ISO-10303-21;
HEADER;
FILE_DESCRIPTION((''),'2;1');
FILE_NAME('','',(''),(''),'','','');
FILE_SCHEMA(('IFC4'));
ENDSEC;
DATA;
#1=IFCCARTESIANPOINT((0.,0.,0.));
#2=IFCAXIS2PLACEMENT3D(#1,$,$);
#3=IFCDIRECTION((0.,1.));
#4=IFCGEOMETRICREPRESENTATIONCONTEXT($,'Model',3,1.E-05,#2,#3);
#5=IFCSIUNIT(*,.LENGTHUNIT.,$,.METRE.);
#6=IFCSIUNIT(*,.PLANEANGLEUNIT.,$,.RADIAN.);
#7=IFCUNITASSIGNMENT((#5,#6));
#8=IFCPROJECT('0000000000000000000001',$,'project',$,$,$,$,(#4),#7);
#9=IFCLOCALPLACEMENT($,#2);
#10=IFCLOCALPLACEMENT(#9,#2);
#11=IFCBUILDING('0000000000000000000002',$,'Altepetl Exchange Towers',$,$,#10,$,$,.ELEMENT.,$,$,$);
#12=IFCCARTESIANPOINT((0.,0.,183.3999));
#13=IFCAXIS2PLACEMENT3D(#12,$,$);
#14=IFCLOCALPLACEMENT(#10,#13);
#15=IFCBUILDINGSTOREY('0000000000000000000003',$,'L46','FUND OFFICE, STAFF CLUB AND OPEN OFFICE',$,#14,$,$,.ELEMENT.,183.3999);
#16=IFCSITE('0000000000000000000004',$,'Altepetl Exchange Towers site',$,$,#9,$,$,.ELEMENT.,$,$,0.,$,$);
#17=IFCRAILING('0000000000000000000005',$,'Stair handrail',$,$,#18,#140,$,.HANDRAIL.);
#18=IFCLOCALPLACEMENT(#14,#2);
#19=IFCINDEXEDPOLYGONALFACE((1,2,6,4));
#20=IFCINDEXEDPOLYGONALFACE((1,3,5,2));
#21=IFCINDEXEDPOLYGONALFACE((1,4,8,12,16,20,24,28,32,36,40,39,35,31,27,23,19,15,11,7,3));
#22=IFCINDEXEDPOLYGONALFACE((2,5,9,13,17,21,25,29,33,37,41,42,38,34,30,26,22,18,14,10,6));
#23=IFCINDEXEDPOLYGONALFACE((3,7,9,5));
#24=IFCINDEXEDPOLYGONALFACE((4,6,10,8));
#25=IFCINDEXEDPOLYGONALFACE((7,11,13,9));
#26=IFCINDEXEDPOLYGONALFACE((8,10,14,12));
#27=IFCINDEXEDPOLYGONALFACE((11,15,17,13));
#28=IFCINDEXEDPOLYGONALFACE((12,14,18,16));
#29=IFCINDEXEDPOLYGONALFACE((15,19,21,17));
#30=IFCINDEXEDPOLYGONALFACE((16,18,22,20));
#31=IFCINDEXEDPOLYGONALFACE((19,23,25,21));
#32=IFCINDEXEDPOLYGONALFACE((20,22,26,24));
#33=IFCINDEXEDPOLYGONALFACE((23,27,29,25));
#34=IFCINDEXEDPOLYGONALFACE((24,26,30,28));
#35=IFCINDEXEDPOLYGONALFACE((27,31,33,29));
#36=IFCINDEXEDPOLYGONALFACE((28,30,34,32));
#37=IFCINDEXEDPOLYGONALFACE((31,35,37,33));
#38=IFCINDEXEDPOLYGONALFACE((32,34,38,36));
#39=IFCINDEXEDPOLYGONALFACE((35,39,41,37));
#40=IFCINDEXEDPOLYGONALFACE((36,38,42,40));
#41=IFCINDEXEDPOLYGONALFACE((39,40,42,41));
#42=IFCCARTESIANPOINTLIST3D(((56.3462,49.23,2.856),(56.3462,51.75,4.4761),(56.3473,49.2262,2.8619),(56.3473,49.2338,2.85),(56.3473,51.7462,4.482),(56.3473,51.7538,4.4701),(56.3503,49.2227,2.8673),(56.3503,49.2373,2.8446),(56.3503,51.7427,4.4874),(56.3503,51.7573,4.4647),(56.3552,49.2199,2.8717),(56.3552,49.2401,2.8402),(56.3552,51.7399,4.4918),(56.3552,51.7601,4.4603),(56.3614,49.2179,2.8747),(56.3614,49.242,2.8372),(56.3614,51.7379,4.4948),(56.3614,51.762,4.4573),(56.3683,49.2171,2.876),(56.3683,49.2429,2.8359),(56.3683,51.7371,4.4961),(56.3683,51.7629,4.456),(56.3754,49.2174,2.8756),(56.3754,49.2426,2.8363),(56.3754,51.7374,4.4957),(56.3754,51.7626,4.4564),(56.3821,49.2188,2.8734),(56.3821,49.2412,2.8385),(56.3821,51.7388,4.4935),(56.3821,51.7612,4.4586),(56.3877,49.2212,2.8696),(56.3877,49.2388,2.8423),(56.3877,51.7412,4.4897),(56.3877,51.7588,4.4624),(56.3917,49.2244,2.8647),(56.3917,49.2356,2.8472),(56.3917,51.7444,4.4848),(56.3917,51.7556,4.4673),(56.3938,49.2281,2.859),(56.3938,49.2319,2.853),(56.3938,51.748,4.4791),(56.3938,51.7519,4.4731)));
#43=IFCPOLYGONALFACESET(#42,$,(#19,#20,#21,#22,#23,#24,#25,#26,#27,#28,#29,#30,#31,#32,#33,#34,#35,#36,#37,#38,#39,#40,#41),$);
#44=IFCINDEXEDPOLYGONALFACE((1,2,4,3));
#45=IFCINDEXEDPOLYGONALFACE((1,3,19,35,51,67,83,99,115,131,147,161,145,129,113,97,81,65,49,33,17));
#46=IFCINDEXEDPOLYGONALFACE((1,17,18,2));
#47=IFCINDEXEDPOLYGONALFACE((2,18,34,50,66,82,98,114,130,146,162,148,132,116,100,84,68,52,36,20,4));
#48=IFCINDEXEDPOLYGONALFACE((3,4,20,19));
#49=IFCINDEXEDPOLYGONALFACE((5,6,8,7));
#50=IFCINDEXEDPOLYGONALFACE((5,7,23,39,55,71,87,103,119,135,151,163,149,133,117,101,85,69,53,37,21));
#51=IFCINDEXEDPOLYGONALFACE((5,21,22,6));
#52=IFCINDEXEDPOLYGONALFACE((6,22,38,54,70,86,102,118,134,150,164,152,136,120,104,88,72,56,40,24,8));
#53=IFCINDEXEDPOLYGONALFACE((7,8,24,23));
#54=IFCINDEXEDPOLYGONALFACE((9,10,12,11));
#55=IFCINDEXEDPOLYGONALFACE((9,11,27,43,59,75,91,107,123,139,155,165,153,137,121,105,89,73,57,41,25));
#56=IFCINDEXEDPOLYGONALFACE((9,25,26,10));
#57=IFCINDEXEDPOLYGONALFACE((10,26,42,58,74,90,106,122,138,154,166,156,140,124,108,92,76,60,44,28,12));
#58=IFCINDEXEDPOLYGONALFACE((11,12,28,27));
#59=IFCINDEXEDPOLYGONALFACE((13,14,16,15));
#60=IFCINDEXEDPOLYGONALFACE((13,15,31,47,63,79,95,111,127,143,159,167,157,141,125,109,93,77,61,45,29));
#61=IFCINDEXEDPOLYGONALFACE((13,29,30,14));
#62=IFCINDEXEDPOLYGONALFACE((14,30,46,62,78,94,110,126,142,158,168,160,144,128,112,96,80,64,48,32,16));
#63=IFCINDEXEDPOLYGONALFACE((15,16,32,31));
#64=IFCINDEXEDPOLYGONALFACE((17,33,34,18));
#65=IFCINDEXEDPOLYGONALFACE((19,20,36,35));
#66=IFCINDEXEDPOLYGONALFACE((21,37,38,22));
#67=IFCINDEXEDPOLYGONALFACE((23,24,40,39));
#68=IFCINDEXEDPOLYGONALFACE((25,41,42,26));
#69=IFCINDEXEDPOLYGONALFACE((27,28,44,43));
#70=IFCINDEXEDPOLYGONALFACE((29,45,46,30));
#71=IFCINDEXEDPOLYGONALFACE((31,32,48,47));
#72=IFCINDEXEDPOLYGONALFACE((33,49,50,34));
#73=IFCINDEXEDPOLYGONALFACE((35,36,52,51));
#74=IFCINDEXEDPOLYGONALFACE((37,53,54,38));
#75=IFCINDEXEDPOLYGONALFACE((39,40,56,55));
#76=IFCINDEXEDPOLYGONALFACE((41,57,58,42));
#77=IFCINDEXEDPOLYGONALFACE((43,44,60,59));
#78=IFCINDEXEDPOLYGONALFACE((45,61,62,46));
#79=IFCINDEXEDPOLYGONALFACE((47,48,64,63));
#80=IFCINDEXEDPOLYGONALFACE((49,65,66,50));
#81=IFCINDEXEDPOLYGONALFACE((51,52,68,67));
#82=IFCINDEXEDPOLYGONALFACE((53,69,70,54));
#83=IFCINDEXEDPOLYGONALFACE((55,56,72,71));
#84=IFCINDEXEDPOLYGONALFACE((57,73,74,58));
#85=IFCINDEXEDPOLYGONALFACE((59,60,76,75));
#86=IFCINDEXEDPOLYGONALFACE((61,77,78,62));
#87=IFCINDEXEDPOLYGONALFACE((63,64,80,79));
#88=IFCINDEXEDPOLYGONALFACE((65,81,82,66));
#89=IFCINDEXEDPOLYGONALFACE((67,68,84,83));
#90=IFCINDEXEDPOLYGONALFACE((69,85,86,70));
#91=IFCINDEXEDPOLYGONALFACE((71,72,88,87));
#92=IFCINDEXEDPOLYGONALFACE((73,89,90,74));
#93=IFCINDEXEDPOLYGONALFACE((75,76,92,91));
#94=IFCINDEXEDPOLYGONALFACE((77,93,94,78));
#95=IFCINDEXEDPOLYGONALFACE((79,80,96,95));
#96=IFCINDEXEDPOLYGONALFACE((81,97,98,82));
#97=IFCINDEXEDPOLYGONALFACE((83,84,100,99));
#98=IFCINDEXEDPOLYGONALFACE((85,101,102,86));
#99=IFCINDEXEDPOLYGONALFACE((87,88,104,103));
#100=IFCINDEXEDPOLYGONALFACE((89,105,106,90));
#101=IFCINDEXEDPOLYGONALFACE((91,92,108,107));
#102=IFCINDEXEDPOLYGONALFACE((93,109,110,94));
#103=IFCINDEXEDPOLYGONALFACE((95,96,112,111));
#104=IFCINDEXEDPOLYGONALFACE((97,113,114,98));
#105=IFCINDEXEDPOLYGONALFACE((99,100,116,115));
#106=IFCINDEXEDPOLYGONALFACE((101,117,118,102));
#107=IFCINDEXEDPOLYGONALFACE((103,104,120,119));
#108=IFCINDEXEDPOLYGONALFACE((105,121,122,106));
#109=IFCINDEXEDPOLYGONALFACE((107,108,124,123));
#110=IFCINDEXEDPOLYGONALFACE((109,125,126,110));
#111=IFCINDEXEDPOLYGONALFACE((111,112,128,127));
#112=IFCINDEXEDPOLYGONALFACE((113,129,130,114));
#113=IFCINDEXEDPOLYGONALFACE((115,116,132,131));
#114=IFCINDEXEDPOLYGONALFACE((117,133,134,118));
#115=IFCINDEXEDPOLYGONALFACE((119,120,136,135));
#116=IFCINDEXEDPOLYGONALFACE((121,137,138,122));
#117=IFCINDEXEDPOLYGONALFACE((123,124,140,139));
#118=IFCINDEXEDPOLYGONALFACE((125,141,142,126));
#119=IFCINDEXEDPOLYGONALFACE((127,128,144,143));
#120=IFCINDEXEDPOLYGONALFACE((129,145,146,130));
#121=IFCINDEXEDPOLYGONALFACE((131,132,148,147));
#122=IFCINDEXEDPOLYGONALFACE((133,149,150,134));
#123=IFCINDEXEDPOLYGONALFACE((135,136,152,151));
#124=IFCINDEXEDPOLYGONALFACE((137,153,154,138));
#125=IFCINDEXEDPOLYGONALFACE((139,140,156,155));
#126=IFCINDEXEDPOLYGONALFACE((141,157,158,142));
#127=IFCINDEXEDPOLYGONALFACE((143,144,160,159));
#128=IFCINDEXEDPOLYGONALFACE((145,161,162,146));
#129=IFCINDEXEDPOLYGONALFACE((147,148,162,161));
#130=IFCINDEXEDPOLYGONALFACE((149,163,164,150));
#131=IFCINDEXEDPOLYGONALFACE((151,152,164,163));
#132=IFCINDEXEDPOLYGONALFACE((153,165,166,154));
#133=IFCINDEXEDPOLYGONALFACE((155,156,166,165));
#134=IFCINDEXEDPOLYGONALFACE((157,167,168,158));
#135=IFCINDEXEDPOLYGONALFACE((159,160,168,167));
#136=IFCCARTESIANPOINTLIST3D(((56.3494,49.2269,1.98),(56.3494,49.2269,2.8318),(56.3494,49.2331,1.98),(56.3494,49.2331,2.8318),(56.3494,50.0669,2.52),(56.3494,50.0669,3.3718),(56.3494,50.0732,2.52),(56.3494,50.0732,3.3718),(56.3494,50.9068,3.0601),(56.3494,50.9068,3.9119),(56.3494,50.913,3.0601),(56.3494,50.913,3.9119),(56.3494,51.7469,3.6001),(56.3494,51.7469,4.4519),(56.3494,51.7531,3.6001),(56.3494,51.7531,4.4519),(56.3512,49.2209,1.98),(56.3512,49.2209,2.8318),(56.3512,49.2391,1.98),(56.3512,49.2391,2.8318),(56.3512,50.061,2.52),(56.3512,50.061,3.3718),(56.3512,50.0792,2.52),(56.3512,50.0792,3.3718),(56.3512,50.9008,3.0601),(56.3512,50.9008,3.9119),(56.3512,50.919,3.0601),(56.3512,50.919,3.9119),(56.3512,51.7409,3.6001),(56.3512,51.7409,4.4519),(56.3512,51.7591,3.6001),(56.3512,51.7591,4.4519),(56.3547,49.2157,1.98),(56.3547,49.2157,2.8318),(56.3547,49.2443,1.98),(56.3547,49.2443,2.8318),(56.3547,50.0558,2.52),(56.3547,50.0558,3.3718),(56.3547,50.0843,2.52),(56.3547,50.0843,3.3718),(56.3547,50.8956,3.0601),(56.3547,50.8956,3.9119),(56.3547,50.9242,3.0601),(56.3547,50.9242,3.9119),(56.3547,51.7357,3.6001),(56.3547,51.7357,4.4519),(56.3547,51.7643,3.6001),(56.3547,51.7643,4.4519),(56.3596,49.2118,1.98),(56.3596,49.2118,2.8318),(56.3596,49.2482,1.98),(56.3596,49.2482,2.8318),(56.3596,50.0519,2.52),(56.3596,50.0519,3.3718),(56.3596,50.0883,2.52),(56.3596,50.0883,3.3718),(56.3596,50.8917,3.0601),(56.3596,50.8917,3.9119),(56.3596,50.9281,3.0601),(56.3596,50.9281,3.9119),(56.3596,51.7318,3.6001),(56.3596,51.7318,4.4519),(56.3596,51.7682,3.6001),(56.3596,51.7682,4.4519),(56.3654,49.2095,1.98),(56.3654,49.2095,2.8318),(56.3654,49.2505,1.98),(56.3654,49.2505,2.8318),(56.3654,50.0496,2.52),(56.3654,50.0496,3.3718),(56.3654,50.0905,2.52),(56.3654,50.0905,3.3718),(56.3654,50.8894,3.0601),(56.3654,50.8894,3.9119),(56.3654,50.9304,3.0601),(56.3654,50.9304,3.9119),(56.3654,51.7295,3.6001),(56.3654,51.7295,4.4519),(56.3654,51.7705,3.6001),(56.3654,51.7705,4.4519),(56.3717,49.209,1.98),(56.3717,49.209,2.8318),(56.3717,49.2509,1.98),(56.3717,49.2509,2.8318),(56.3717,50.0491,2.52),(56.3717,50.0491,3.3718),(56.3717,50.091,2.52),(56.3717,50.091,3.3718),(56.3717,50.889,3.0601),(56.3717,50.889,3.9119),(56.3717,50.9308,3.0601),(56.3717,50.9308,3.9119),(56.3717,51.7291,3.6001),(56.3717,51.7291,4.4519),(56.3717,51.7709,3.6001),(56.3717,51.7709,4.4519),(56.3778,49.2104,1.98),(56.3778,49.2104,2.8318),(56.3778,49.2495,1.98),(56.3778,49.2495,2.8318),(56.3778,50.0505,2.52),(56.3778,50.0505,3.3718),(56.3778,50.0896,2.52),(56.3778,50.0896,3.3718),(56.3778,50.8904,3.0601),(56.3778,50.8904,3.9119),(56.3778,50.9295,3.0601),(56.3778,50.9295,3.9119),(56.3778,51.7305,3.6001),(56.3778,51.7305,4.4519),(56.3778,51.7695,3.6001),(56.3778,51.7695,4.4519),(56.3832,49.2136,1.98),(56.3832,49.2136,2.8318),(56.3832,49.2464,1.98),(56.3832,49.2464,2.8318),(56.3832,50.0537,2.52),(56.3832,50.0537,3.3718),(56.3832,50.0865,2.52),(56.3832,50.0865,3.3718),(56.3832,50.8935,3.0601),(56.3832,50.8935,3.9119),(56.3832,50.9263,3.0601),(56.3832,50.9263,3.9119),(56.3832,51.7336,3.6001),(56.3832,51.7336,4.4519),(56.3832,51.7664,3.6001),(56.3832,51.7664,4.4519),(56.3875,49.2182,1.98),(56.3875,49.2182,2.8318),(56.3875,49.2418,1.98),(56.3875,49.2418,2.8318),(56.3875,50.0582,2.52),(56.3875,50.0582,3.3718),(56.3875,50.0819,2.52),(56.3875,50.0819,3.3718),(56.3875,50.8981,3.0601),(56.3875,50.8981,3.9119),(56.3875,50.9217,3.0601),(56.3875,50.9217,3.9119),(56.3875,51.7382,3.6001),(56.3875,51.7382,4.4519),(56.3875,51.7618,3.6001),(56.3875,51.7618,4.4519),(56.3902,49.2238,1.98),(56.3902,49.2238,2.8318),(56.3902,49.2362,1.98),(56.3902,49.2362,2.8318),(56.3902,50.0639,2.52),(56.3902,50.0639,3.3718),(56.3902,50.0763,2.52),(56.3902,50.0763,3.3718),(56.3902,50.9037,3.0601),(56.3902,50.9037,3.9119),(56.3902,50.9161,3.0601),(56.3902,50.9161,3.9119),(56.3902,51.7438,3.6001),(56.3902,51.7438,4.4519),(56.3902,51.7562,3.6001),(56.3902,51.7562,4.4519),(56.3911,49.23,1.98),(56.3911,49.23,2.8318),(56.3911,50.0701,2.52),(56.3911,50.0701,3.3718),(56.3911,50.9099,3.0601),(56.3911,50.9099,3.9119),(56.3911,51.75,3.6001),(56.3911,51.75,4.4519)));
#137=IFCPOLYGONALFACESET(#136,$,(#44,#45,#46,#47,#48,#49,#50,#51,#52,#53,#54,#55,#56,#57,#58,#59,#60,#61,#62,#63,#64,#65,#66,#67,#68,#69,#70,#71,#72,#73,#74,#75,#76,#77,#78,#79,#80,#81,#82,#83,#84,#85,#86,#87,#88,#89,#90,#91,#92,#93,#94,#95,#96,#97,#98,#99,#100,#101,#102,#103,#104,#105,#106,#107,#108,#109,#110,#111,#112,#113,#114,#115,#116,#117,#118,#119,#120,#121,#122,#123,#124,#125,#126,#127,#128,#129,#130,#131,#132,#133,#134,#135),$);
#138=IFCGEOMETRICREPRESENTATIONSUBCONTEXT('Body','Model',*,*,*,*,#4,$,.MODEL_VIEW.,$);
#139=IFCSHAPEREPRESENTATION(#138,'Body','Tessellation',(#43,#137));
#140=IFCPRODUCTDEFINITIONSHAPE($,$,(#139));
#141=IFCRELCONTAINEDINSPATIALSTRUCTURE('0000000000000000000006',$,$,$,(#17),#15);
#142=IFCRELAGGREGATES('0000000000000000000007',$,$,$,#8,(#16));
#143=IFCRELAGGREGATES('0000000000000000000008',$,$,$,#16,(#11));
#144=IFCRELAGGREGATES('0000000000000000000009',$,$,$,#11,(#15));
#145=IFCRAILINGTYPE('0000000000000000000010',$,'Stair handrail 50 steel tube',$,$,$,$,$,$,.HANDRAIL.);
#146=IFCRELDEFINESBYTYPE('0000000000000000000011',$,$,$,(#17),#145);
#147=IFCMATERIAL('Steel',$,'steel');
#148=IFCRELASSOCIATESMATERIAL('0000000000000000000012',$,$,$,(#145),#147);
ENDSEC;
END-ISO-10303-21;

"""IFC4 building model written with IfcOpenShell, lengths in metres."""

from ifc_helpers import new_model, si_unit, direction, frame, origin, origin_2d, place, context, subcontext, project, spatial, circle, extrude, source, transform, mapped, material, type_object, element, save


model = new_model("IFC4")

# Units and contexts
model_context = context("Model", 3, precision=1e-05, world=origin(), true_north=direction((0.0, 1.0)))
body_context = subcontext(model_context, "Body", "Model", "MODEL_VIEW")
ifc_project = project(units=[si_unit("LENGTHUNIT", "METRE"), si_unit("PLANEANGLEUNIT", "RADIAN")], contexts=[model_context])

# Site, building, storey
site_placement = place(None, origin())
site = spatial("IfcSite", under=ifc_project, at=site_placement, Name="Altepetl Exchange Towers site", CompositionType="ELEMENT", RefElevation=0.0)
building_placement = place(site_placement, origin())
building = spatial("IfcBuilding", under=site, at=building_placement, Name="Altepetl Exchange Towers", CompositionType="ELEMENT")
storey_placement = place(building_placement, frame((0.0, 0.0, 183.3999)))
storey = spatial("IfcBuildingStorey", under=building, at=storey_placement, Name="L46", Description="FUND OFFICE, STAFF CLUB AND OPEN OFFICE", CompositionType="ELEMENT", Elevation=183.3999)

# Railing
ifc_material_1 = material(Name="Steel", Category="steel")
railing_type = type_object("IfcRailingType", Name="Stair handrail 50 steel tube", PredefinedType="HANDRAIL", material=ifc_material_1)
shared_shape = source(origin(), body_context, "Body", "SweptSolid", [
    extrude(circle(Radius=0.021, at=origin_2d()), origin(), (0.0, 0.0, 1.0), 0.8518),
])
railing_1_placement = place(storey_placement, frame((56.3701, 49.23, 1.98)))
element("IfcRailing", 1, at=railing_1_placement, inside=storey, type_object=railing_type, Name="Stair handrail", PredefinedType="HANDRAIL", context=body_context, shape_type="SweptSolid", body=[
    extrude(circle(Radius=0.0239, at=origin_2d()), frame((0.0, 0.0, 0.876), z_axis=(0.0, 0.841163, 0.540782), x_axis=(-1.0, 0.0, 0.0)), (0.0, 0.0, 1.0), 2.9958),
    mapped(shared_shape, transform((0.0, 0.0, 0.0))),
    mapped(shared_shape, transform((0.0, 0.8401, 0.54))),
    mapped(shared_shape, transform((0.0, 1.6799, 1.0801))),
    mapped(shared_shape, transform((0.0, 2.52, 1.6201))),
])

save(model, "model.ifc")
